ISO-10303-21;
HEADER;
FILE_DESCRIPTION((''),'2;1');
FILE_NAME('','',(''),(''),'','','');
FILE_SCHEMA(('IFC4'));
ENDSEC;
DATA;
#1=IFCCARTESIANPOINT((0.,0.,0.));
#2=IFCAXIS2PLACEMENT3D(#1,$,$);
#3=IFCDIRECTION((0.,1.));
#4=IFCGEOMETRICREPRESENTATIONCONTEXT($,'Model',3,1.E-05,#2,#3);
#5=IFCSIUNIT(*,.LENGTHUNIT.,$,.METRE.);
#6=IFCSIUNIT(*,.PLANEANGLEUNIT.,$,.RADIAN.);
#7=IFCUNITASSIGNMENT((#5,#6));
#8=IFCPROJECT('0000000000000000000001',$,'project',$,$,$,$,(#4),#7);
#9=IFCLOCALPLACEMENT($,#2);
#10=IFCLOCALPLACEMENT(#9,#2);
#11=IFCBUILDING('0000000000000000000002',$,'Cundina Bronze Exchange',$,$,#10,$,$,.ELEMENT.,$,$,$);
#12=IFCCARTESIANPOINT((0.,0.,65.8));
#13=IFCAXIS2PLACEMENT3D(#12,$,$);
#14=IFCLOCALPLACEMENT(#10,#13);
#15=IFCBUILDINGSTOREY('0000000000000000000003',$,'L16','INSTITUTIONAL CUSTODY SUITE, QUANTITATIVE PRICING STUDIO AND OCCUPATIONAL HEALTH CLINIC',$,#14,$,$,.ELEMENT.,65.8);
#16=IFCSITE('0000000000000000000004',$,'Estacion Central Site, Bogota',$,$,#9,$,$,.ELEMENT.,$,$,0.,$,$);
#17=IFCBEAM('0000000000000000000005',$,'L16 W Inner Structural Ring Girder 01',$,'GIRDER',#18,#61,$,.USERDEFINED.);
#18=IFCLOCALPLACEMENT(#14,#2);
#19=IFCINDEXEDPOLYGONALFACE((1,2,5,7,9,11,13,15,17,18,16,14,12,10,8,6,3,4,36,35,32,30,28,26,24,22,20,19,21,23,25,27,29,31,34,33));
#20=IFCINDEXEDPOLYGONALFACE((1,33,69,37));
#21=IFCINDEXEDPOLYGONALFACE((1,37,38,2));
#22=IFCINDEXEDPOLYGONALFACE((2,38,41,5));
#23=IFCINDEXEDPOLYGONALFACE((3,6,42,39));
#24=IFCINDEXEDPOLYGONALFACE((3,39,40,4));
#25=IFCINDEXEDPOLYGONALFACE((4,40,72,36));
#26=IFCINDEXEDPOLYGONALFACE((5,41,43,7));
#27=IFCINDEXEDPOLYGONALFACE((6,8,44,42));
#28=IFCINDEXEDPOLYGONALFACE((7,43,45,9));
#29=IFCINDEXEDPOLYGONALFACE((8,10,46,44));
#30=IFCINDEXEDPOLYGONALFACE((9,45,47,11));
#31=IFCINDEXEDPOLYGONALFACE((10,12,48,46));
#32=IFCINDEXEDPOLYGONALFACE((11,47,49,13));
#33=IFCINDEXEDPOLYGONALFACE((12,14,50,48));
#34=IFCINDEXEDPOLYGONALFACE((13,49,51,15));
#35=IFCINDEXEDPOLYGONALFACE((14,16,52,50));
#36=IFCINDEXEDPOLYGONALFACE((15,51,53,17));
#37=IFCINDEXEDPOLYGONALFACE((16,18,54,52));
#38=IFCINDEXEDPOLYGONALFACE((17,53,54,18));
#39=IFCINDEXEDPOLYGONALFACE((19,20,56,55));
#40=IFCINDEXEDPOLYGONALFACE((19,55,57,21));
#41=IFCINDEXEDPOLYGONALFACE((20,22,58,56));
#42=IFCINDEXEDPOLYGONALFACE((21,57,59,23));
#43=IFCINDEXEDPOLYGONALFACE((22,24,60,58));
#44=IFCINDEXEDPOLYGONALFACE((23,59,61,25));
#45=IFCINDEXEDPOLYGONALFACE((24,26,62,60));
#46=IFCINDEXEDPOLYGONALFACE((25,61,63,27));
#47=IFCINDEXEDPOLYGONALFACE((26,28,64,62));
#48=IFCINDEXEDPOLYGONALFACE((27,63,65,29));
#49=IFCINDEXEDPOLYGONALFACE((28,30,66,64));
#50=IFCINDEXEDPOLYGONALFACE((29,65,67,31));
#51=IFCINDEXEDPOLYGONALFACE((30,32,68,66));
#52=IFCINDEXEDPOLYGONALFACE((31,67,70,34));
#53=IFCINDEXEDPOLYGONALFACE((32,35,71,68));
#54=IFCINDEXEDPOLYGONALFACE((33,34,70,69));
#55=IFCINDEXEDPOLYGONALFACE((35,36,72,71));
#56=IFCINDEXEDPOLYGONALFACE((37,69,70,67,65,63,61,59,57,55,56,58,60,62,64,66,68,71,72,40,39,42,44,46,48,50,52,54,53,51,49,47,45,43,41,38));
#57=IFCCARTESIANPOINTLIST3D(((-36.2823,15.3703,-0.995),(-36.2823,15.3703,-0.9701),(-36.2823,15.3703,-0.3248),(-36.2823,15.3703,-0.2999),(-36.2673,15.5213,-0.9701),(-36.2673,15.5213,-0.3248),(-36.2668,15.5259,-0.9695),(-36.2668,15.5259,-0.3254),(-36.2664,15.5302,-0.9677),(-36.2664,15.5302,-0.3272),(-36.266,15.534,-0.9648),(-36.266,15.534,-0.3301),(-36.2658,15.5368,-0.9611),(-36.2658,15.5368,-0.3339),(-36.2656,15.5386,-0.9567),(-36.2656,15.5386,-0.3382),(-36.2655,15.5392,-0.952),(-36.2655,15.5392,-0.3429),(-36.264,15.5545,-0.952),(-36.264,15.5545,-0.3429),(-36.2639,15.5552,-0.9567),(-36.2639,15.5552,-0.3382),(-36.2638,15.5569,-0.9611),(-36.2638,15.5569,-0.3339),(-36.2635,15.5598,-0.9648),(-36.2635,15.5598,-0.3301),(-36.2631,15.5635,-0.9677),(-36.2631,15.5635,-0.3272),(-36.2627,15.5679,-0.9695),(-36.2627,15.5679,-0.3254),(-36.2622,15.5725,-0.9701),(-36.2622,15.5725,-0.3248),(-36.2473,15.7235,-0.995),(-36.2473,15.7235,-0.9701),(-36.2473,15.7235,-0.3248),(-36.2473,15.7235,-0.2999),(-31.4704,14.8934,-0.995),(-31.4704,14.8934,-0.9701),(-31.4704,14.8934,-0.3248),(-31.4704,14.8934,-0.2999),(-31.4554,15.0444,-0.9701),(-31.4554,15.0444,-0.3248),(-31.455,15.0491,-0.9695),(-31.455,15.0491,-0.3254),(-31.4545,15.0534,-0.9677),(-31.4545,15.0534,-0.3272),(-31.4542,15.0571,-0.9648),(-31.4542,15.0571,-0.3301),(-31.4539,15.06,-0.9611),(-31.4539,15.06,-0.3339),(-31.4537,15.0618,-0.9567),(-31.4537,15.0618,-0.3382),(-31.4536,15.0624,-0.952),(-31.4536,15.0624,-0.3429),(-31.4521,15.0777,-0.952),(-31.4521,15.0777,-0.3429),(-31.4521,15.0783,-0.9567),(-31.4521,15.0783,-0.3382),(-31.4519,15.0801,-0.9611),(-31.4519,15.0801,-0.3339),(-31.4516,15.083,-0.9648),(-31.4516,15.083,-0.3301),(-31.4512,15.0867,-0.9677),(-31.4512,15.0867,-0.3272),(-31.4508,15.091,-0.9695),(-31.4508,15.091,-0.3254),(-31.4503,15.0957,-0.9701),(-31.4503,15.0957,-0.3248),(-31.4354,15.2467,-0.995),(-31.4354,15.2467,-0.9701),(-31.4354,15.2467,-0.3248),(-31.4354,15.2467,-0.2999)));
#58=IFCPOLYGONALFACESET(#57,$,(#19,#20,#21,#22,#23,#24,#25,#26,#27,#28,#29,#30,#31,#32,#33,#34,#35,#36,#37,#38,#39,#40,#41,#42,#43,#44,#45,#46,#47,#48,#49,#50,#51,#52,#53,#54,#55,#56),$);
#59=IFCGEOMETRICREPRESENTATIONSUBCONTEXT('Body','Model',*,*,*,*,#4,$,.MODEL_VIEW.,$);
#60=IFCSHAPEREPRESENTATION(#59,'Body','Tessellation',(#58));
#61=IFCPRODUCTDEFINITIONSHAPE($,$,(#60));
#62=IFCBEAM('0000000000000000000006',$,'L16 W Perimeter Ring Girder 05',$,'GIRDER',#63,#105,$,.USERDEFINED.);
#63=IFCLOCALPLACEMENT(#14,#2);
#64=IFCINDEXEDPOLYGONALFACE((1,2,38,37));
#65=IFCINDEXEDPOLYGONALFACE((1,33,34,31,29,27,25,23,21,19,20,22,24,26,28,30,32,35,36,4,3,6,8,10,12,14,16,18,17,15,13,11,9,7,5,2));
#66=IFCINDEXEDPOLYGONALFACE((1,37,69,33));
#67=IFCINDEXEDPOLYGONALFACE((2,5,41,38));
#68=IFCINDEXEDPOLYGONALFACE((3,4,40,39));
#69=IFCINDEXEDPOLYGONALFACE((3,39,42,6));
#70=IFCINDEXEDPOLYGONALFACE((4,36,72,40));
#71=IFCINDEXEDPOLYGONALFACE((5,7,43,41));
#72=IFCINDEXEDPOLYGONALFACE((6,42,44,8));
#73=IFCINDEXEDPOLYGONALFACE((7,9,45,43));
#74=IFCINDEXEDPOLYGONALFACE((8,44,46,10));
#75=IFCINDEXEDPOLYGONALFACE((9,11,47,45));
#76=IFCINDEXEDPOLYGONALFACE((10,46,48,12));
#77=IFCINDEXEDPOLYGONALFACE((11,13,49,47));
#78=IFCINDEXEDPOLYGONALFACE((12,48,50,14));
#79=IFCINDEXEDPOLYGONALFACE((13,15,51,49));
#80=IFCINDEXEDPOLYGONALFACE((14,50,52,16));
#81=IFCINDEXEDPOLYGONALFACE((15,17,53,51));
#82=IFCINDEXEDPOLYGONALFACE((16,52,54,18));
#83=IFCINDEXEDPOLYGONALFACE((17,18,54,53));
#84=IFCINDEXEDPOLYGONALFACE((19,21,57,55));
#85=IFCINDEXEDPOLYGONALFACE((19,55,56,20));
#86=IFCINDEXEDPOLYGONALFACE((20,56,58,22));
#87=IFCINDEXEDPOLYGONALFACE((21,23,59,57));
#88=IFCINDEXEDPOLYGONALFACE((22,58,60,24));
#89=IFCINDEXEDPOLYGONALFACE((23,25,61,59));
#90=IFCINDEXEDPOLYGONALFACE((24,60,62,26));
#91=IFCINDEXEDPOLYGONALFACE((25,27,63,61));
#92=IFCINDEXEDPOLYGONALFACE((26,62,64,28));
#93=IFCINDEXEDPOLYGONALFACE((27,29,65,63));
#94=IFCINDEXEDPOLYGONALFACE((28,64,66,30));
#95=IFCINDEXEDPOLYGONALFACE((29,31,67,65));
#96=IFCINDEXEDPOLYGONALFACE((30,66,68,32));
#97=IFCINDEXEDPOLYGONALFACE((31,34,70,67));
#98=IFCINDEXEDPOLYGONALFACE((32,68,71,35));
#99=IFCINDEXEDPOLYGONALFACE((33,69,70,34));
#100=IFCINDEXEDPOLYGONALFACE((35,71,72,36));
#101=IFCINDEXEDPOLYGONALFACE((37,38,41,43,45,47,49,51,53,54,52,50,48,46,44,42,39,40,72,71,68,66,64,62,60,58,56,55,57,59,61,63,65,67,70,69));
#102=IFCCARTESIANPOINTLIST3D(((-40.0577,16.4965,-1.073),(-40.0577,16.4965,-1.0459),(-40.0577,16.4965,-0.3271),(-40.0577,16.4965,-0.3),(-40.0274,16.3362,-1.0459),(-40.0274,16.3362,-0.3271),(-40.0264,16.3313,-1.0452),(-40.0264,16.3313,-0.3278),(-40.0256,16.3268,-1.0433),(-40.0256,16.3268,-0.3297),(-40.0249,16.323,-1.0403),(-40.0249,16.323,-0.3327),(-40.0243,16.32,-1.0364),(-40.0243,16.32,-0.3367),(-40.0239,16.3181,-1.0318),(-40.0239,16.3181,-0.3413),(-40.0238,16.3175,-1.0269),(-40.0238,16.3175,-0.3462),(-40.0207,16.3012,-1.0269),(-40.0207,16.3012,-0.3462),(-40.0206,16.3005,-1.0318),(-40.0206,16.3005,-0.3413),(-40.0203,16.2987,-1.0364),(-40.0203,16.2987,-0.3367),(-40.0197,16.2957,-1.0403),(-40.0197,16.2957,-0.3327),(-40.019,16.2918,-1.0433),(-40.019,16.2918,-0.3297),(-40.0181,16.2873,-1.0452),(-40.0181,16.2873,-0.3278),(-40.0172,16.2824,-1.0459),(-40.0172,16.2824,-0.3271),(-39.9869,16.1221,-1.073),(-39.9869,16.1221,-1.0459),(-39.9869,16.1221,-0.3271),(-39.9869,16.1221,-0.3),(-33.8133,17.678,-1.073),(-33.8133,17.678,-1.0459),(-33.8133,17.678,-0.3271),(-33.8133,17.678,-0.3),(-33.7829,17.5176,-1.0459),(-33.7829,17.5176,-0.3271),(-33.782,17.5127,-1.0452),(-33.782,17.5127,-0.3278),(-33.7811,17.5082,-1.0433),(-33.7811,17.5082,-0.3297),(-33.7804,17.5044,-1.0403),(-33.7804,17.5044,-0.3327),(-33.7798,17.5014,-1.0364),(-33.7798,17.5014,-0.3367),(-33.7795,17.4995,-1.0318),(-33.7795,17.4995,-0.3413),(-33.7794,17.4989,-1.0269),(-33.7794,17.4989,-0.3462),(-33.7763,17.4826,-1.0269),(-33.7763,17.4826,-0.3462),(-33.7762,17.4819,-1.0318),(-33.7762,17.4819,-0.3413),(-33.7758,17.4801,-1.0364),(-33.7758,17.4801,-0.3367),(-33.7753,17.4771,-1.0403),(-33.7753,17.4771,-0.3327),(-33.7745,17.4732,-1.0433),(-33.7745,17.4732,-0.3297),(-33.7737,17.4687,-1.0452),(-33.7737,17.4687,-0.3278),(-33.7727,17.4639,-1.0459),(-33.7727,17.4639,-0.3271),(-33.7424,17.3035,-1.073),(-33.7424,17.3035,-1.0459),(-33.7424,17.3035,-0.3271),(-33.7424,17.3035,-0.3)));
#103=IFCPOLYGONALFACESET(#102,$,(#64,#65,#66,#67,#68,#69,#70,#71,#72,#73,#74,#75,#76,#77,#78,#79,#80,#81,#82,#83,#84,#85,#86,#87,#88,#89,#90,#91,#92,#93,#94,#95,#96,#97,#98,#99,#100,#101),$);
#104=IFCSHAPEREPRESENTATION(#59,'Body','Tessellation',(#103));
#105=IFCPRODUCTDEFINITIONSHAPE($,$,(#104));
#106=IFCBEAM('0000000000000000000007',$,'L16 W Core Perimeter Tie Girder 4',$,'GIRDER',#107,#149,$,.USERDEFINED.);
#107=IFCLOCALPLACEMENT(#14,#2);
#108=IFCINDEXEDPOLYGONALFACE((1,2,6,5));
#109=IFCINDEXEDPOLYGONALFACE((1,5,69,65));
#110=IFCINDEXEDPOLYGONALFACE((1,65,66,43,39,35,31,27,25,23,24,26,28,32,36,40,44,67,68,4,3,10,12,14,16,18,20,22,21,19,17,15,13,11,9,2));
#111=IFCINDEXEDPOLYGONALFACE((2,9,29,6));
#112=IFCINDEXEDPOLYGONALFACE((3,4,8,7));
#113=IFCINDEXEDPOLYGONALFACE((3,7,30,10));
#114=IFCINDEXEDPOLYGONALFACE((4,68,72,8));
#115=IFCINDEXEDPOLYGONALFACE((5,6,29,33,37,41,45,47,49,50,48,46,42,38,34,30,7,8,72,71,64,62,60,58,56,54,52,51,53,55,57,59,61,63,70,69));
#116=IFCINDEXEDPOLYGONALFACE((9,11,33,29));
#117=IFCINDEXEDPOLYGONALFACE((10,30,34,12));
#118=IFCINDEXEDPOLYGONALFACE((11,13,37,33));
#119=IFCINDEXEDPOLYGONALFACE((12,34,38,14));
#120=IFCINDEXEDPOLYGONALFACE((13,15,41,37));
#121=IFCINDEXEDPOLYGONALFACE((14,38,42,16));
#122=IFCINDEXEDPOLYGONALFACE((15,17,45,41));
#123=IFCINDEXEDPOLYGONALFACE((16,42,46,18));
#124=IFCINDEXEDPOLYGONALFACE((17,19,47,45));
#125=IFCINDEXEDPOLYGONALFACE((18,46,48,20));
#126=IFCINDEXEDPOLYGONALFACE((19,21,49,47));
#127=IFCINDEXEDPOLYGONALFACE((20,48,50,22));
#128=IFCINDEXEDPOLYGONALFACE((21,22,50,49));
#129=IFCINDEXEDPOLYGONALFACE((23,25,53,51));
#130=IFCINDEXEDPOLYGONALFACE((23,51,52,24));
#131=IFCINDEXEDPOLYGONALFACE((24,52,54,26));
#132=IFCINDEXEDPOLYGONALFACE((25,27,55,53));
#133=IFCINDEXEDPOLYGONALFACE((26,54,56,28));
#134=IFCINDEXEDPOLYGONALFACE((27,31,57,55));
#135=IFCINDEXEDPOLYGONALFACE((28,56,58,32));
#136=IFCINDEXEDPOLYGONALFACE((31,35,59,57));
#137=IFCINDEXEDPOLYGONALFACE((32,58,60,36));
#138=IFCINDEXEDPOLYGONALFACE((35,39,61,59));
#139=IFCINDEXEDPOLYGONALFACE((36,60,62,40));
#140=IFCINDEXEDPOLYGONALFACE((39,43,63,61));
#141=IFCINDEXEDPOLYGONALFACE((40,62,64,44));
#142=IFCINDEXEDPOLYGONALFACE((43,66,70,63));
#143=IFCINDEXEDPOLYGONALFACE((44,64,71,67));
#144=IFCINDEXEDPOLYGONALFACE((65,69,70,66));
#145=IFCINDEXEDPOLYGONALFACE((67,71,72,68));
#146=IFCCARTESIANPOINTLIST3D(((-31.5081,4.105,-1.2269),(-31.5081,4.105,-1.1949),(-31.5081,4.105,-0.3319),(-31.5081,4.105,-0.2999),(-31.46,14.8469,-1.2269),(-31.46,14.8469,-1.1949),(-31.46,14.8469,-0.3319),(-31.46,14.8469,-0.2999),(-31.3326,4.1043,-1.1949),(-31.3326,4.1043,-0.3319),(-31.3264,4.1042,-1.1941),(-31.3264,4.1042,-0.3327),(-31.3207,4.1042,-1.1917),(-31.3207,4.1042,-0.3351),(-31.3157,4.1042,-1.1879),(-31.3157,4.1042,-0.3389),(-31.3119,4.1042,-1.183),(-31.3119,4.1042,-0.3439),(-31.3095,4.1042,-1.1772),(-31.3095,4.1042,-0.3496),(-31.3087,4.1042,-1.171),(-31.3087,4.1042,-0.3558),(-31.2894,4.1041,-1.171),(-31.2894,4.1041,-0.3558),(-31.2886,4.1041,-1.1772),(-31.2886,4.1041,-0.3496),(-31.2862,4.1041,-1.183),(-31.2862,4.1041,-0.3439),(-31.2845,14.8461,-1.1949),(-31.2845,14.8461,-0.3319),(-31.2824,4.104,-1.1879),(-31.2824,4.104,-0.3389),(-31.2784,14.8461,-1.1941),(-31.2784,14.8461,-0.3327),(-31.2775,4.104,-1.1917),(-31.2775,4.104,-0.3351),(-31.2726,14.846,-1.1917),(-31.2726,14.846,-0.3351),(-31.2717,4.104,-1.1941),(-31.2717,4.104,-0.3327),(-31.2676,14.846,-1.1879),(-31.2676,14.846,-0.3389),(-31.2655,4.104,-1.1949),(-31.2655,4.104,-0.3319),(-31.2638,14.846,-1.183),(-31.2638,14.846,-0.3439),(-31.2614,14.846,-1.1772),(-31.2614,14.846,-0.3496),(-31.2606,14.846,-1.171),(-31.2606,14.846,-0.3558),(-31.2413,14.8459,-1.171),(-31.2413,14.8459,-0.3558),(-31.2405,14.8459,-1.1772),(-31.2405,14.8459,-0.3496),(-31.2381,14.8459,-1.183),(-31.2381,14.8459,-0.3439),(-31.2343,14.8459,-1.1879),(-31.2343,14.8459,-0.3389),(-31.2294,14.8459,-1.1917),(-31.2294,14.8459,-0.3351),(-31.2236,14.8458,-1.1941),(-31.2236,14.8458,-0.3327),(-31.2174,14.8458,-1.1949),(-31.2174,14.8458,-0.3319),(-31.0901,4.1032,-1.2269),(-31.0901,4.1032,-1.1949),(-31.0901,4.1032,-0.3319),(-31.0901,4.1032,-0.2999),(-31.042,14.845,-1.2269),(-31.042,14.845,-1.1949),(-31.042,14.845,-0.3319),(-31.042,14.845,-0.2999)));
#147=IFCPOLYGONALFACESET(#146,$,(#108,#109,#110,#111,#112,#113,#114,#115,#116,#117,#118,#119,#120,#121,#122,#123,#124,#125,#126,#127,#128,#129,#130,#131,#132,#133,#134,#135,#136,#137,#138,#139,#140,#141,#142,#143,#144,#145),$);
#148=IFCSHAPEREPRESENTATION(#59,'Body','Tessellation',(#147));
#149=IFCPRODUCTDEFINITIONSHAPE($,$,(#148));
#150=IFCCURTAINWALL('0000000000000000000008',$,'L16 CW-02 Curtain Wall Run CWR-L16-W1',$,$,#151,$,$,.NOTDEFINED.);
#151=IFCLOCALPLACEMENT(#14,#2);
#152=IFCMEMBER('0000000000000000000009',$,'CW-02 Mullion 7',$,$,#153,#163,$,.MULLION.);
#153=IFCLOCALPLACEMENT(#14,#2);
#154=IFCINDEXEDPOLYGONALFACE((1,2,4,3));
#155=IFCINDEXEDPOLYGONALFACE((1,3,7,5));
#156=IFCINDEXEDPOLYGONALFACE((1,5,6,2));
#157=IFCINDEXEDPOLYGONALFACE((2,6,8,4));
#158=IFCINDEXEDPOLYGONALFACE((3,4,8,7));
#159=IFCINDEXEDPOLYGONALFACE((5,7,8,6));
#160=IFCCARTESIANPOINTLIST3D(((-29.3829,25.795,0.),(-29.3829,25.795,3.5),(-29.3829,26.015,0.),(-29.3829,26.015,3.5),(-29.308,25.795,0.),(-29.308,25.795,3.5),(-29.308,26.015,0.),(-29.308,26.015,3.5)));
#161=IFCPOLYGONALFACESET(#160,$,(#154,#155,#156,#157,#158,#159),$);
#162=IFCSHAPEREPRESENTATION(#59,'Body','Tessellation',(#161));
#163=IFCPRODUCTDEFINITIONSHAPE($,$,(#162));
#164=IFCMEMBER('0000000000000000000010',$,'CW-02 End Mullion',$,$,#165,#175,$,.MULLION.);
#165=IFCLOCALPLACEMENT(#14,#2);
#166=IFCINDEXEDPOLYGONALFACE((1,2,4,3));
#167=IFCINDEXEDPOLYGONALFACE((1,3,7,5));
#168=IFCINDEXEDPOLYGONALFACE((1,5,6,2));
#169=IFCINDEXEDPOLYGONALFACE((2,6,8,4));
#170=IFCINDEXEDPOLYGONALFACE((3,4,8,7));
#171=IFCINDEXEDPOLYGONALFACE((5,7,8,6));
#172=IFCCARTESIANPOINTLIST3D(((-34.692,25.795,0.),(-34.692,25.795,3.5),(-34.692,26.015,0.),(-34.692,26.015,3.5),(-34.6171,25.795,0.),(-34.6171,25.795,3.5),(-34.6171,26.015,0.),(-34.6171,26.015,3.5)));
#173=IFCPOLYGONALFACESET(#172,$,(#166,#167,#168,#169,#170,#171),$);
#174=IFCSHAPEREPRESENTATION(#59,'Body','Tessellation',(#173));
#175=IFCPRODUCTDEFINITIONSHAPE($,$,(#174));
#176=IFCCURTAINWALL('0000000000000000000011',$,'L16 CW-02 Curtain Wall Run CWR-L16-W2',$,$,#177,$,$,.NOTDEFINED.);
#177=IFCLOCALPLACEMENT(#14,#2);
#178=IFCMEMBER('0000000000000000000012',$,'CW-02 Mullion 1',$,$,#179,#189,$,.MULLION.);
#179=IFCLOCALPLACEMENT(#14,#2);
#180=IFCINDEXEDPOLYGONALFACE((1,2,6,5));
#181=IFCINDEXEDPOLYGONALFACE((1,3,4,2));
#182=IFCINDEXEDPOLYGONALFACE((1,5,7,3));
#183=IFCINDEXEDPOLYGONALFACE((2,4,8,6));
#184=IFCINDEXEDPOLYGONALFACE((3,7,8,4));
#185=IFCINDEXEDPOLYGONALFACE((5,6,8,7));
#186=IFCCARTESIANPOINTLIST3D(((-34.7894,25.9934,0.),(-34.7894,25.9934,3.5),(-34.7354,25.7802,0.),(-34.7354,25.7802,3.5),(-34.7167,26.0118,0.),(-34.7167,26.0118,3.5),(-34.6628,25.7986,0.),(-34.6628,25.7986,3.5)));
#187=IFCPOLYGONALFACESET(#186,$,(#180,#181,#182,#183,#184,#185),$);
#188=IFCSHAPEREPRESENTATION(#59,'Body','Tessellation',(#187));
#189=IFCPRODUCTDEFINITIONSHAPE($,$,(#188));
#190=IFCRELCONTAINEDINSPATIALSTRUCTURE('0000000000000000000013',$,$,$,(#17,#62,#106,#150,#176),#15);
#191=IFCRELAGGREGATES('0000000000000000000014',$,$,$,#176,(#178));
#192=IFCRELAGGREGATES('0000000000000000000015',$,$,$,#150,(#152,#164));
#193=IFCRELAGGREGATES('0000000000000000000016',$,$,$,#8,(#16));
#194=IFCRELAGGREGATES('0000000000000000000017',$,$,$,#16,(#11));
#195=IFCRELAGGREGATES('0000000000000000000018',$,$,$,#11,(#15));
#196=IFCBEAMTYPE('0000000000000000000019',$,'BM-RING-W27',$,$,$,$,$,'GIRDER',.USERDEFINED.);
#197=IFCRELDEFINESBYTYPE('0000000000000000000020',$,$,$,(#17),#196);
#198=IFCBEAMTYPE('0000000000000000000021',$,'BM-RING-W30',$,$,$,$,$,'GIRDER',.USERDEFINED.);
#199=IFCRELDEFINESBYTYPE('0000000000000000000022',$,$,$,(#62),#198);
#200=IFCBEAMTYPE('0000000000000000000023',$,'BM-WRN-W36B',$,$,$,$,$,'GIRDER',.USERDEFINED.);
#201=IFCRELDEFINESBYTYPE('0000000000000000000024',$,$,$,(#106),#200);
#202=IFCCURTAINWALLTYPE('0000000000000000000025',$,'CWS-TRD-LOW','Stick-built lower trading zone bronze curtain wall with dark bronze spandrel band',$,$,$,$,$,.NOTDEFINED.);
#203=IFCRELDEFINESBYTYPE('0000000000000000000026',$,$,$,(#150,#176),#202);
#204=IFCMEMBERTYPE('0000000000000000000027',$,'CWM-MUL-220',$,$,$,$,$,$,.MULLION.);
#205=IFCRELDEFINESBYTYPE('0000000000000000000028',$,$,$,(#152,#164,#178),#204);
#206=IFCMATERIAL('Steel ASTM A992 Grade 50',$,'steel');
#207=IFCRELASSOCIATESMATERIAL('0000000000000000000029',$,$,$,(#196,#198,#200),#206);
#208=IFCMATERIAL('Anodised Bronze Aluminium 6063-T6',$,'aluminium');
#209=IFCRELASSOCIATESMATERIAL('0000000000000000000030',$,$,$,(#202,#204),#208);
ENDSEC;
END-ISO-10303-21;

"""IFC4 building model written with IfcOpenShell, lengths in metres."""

from ifc_helpers import new_model, si_unit, direction, frame, origin, origin_2d, place, context, subcontext, project, spatial, rectangle, i_section, extrude, material, material_profile, profile_set, type_object, element, aggregate, save


model = new_model("IFC4")

# Units and contexts
model_context = context("Model", 3, precision=1e-05, world=origin(), true_north=direction((0.0, 1.0)))
body_context = subcontext(model_context, "Body", "Model", "MODEL_VIEW")
ifc_project = project(units=[si_unit("LENGTHUNIT", "METRE"), si_unit("PLANEANGLEUNIT", "RADIAN")], contexts=[model_context])

# Site, building, storey
site_placement = place(None, origin())
site = spatial("IfcSite", under=ifc_project, at=site_placement, Name="Estacion Central Site, Bogota", CompositionType="ELEMENT", RefElevation=0.0)
building_placement = place(site_placement, origin())
building = spatial("IfcBuilding", under=site, at=building_placement, Name="Cundina Bronze Exchange", CompositionType="ELEMENT")
storey_placement = place(building_placement, frame((0.0, 0.0, 65.8)))
storey = spatial("IfcBuildingStorey", under=building, at=storey_placement, Name="L16", Description="INSTITUTIONAL CUSTODY SUITE, QUANTITATIVE PRICING STUDIO AND OCCUPATIONAL HEALTH CLINIC", CompositionType="ELEMENT", Elevation=65.8)

# Shared definitions
ifc_material_1 = material(Name="Steel ASTM A992 Grade 50", Category="steel")

# Beams
ifc_material_profile_1 = material_profile(ifc_material_1, i_section(OverallWidth=0.355, OverallDepth=0.6951, WebThickness=0.0154, FlangeThickness=0.0249, FilletRadius=0.0181, at=origin_2d()), Name="W27X146", Category="steel")
ifc_profile_set_1 = profile_set([ifc_material_profile_1], Name="Steel ASTM A992 Grade 50")
beam_type_1 = type_object("IfcBeamType", Name="BM-RING-W27", ElementType="GIRDER", PredefinedType="USERDEFINED", material=ifc_profile_set_1)
beam_1_placement = place(storey_placement, frame((-31.4529, 15.0701, -0.6475), z_axis=(-0.995126, 0.098609, 0.0), x_axis=(-0.098609, -0.995126, 0.0)))
element("IfcBeam", 1, at=beam_1_placement, inside=storey, type_object=beam_type_1, Name="L16 W Inner Structural Ring Girder 01", ObjectType="GIRDER", PredefinedType="USERDEFINED", context=body_context, shape_type="SweptSolid", body=[
    extrude(i_section(OverallWidth=0.355, OverallDepth=0.6951, WebThickness=0.0154, FlangeThickness=0.0249, FilletRadius=0.0181, at=origin_2d()), origin(), (0.0, 0.0, 1.0), 4.8354),
])
ifc_material_profile_2 = material_profile(ifc_material_1, i_section(OverallWidth=0.3811, OverallDepth=0.7729, WebThickness=0.0166, FlangeThickness=0.0271, FilletRadius=0.019, at=origin_2d()), Name="W30X173", Category="steel")
ifc_profile_set_2 = profile_set([ifc_material_profile_2], Name="Steel ASTM A992 Grade 50")
beam_type_2 = type_object("IfcBeamType", Name="BM-RING-W30", ElementType="GIRDER", PredefinedType="USERDEFINED", material=ifc_profile_set_2)
beam_2_placement = place(storey_placement, frame((-33.7778, 17.4907, -0.6865), z_axis=(-0.982569, -0.185896, 0.0), x_axis=(0.185896, -0.982569, 0.0)))
element("IfcBeam", 2, at=beam_2_placement, inside=storey, type_object=beam_type_2, Name="L16 W Perimeter Ring Girder 05", ObjectType="GIRDER", PredefinedType="USERDEFINED", context=body_context, shape_type="SweptSolid", body=[
    extrude(i_section(OverallWidth=0.3811, OverallDepth=0.7729, WebThickness=0.0166, FlangeThickness=0.0271, FilletRadius=0.019, at=origin_2d()), origin(), (0.0, 0.0, 1.0), 6.3552),
])
ifc_material_profile_3 = material_profile(ifc_material_1, i_section(OverallWidth=0.418, OverallDepth=0.927, WebThickness=0.0193, FlangeThickness=0.032, FilletRadius=0.0239, at=origin_2d()), Name="W36X231", Category="steel")
ifc_profile_set_3 = profile_set([ifc_material_profile_3], Name="Steel ASTM A992 Grade 50")
beam_type_3 = type_object("IfcBeamType", Name="BM-WRN-W36B", ElementType="GIRDER", PredefinedType="USERDEFINED", material=ifc_profile_set_3)
beam_3_placement = place(storey_placement, frame((-31.251, 14.8459, -0.7634), z_axis=(-0.004477, -0.99999, 0.0), x_axis=(0.99999, -0.004477, 0.0)))
element("IfcBeam", 3, at=beam_3_placement, inside=storey, type_object=beam_type_3, Name="L16 W Core Perimeter Tie Girder 4", ObjectType="GIRDER", PredefinedType="USERDEFINED", context=body_context, shape_type="SweptSolid", body=[
    extrude(i_section(OverallWidth=0.418, OverallDepth=0.927, WebThickness=0.0193, FlangeThickness=0.032, FilletRadius=0.0239, at=origin_2d()), origin(), (0.0, 0.0, 1.0), 10.7419),
])

# Curtain wall, members
ifc_material_2 = material(Name="Anodised Bronze Aluminium 6063-T6", Category="aluminium")
curtain_wall_type = type_object("IfcCurtainWallType", Name="CWS-TRD-LOW", Description="Stick-built lower trading zone bronze curtain wall with dark bronze spandrel band", PredefinedType="NOTDEFINED", material=ifc_material_2)
curtain_wall_1_placement = place(storey_placement, origin())
curtain_wall_1 = element("IfcCurtainWall", 4, at=curtain_wall_1_placement, inside=storey, type_object=curtain_wall_type, Name="L16 CW-02 Curtain Wall Run CWR-L16-W1", PredefinedType="NOTDEFINED")
ifc_material_profile_4 = material_profile(ifc_material_2, rectangle(XDim=0.075, YDim=0.22, at=origin_2d()), Name="AL75X220", Category="aluminium")
ifc_profile_set_4 = profile_set([ifc_material_profile_4], Name="Anodised Bronze Aluminium 6063-T6")
member_type_1 = type_object("IfcMemberType", Name="CWM-MUL-220", PredefinedType="MULLION", material=ifc_profile_set_4)
member_1_placement = place(storey_placement, frame((-29.3455, 25.905, 0.0), z_axis=(0.0, 0.0, 1.0), x_axis=(-1.0, 0.0, 0.0)))
member_1 = element("IfcMember", 5, at=member_1_placement, type_object=member_type_1, Name="CW-02 Mullion 7", PredefinedType="MULLION", context=body_context, shape_type="SweptSolid", body=[
    extrude(rectangle(XDim=0.075, YDim=0.22, at=origin_2d()), origin(), (0.0, 0.0, 1.0), 3.5),
])
member_2_placement = place(storey_placement, frame((-34.6545, 25.905, 0.0), z_axis=(0.0, 0.0, 1.0), x_axis=(-1.0, 0.0, 0.0)))
member_2 = element("IfcMember", 6, at=member_2_placement, type_object=member_type_1, Name="CW-02 End Mullion", PredefinedType="MULLION", context=body_context, shape_type="SweptSolid", body=[
    extrude(rectangle(XDim=0.075, YDim=0.22, at=origin_2d()), origin(), (0.0, 0.0, 1.0), 3.5),
])

# Curtain wall, member
curtain_wall_2_placement = place(storey_placement, origin())
curtain_wall_2 = element("IfcCurtainWall", 7, at=curtain_wall_2_placement, inside=storey, type_object=curtain_wall_type, Name="L16 CW-02 Curtain Wall Run CWR-L16-W2", PredefinedType="NOTDEFINED")
member_3_placement = place(storey_placement, frame((-34.7261, 25.896, 0.0), z_axis=(0.0, 0.0, 1.0), x_axis=(-0.969488, -0.245138, 0.0)))
member_3 = element("IfcMember", 8, at=member_3_placement, type_object=member_type_1, Name="CW-02 Mullion 1", PredefinedType="MULLION", context=body_context, shape_type="SweptSolid", body=[
    extrude(rectangle(XDim=0.075, YDim=0.22, at=origin_2d()), origin(), (0.0, 0.0, 1.0), 3.5),
])
aggregate(curtain_wall_2, [member_3])

aggregate(curtain_wall_1, [member_1, member_2])

save(model, "model.ifc")
